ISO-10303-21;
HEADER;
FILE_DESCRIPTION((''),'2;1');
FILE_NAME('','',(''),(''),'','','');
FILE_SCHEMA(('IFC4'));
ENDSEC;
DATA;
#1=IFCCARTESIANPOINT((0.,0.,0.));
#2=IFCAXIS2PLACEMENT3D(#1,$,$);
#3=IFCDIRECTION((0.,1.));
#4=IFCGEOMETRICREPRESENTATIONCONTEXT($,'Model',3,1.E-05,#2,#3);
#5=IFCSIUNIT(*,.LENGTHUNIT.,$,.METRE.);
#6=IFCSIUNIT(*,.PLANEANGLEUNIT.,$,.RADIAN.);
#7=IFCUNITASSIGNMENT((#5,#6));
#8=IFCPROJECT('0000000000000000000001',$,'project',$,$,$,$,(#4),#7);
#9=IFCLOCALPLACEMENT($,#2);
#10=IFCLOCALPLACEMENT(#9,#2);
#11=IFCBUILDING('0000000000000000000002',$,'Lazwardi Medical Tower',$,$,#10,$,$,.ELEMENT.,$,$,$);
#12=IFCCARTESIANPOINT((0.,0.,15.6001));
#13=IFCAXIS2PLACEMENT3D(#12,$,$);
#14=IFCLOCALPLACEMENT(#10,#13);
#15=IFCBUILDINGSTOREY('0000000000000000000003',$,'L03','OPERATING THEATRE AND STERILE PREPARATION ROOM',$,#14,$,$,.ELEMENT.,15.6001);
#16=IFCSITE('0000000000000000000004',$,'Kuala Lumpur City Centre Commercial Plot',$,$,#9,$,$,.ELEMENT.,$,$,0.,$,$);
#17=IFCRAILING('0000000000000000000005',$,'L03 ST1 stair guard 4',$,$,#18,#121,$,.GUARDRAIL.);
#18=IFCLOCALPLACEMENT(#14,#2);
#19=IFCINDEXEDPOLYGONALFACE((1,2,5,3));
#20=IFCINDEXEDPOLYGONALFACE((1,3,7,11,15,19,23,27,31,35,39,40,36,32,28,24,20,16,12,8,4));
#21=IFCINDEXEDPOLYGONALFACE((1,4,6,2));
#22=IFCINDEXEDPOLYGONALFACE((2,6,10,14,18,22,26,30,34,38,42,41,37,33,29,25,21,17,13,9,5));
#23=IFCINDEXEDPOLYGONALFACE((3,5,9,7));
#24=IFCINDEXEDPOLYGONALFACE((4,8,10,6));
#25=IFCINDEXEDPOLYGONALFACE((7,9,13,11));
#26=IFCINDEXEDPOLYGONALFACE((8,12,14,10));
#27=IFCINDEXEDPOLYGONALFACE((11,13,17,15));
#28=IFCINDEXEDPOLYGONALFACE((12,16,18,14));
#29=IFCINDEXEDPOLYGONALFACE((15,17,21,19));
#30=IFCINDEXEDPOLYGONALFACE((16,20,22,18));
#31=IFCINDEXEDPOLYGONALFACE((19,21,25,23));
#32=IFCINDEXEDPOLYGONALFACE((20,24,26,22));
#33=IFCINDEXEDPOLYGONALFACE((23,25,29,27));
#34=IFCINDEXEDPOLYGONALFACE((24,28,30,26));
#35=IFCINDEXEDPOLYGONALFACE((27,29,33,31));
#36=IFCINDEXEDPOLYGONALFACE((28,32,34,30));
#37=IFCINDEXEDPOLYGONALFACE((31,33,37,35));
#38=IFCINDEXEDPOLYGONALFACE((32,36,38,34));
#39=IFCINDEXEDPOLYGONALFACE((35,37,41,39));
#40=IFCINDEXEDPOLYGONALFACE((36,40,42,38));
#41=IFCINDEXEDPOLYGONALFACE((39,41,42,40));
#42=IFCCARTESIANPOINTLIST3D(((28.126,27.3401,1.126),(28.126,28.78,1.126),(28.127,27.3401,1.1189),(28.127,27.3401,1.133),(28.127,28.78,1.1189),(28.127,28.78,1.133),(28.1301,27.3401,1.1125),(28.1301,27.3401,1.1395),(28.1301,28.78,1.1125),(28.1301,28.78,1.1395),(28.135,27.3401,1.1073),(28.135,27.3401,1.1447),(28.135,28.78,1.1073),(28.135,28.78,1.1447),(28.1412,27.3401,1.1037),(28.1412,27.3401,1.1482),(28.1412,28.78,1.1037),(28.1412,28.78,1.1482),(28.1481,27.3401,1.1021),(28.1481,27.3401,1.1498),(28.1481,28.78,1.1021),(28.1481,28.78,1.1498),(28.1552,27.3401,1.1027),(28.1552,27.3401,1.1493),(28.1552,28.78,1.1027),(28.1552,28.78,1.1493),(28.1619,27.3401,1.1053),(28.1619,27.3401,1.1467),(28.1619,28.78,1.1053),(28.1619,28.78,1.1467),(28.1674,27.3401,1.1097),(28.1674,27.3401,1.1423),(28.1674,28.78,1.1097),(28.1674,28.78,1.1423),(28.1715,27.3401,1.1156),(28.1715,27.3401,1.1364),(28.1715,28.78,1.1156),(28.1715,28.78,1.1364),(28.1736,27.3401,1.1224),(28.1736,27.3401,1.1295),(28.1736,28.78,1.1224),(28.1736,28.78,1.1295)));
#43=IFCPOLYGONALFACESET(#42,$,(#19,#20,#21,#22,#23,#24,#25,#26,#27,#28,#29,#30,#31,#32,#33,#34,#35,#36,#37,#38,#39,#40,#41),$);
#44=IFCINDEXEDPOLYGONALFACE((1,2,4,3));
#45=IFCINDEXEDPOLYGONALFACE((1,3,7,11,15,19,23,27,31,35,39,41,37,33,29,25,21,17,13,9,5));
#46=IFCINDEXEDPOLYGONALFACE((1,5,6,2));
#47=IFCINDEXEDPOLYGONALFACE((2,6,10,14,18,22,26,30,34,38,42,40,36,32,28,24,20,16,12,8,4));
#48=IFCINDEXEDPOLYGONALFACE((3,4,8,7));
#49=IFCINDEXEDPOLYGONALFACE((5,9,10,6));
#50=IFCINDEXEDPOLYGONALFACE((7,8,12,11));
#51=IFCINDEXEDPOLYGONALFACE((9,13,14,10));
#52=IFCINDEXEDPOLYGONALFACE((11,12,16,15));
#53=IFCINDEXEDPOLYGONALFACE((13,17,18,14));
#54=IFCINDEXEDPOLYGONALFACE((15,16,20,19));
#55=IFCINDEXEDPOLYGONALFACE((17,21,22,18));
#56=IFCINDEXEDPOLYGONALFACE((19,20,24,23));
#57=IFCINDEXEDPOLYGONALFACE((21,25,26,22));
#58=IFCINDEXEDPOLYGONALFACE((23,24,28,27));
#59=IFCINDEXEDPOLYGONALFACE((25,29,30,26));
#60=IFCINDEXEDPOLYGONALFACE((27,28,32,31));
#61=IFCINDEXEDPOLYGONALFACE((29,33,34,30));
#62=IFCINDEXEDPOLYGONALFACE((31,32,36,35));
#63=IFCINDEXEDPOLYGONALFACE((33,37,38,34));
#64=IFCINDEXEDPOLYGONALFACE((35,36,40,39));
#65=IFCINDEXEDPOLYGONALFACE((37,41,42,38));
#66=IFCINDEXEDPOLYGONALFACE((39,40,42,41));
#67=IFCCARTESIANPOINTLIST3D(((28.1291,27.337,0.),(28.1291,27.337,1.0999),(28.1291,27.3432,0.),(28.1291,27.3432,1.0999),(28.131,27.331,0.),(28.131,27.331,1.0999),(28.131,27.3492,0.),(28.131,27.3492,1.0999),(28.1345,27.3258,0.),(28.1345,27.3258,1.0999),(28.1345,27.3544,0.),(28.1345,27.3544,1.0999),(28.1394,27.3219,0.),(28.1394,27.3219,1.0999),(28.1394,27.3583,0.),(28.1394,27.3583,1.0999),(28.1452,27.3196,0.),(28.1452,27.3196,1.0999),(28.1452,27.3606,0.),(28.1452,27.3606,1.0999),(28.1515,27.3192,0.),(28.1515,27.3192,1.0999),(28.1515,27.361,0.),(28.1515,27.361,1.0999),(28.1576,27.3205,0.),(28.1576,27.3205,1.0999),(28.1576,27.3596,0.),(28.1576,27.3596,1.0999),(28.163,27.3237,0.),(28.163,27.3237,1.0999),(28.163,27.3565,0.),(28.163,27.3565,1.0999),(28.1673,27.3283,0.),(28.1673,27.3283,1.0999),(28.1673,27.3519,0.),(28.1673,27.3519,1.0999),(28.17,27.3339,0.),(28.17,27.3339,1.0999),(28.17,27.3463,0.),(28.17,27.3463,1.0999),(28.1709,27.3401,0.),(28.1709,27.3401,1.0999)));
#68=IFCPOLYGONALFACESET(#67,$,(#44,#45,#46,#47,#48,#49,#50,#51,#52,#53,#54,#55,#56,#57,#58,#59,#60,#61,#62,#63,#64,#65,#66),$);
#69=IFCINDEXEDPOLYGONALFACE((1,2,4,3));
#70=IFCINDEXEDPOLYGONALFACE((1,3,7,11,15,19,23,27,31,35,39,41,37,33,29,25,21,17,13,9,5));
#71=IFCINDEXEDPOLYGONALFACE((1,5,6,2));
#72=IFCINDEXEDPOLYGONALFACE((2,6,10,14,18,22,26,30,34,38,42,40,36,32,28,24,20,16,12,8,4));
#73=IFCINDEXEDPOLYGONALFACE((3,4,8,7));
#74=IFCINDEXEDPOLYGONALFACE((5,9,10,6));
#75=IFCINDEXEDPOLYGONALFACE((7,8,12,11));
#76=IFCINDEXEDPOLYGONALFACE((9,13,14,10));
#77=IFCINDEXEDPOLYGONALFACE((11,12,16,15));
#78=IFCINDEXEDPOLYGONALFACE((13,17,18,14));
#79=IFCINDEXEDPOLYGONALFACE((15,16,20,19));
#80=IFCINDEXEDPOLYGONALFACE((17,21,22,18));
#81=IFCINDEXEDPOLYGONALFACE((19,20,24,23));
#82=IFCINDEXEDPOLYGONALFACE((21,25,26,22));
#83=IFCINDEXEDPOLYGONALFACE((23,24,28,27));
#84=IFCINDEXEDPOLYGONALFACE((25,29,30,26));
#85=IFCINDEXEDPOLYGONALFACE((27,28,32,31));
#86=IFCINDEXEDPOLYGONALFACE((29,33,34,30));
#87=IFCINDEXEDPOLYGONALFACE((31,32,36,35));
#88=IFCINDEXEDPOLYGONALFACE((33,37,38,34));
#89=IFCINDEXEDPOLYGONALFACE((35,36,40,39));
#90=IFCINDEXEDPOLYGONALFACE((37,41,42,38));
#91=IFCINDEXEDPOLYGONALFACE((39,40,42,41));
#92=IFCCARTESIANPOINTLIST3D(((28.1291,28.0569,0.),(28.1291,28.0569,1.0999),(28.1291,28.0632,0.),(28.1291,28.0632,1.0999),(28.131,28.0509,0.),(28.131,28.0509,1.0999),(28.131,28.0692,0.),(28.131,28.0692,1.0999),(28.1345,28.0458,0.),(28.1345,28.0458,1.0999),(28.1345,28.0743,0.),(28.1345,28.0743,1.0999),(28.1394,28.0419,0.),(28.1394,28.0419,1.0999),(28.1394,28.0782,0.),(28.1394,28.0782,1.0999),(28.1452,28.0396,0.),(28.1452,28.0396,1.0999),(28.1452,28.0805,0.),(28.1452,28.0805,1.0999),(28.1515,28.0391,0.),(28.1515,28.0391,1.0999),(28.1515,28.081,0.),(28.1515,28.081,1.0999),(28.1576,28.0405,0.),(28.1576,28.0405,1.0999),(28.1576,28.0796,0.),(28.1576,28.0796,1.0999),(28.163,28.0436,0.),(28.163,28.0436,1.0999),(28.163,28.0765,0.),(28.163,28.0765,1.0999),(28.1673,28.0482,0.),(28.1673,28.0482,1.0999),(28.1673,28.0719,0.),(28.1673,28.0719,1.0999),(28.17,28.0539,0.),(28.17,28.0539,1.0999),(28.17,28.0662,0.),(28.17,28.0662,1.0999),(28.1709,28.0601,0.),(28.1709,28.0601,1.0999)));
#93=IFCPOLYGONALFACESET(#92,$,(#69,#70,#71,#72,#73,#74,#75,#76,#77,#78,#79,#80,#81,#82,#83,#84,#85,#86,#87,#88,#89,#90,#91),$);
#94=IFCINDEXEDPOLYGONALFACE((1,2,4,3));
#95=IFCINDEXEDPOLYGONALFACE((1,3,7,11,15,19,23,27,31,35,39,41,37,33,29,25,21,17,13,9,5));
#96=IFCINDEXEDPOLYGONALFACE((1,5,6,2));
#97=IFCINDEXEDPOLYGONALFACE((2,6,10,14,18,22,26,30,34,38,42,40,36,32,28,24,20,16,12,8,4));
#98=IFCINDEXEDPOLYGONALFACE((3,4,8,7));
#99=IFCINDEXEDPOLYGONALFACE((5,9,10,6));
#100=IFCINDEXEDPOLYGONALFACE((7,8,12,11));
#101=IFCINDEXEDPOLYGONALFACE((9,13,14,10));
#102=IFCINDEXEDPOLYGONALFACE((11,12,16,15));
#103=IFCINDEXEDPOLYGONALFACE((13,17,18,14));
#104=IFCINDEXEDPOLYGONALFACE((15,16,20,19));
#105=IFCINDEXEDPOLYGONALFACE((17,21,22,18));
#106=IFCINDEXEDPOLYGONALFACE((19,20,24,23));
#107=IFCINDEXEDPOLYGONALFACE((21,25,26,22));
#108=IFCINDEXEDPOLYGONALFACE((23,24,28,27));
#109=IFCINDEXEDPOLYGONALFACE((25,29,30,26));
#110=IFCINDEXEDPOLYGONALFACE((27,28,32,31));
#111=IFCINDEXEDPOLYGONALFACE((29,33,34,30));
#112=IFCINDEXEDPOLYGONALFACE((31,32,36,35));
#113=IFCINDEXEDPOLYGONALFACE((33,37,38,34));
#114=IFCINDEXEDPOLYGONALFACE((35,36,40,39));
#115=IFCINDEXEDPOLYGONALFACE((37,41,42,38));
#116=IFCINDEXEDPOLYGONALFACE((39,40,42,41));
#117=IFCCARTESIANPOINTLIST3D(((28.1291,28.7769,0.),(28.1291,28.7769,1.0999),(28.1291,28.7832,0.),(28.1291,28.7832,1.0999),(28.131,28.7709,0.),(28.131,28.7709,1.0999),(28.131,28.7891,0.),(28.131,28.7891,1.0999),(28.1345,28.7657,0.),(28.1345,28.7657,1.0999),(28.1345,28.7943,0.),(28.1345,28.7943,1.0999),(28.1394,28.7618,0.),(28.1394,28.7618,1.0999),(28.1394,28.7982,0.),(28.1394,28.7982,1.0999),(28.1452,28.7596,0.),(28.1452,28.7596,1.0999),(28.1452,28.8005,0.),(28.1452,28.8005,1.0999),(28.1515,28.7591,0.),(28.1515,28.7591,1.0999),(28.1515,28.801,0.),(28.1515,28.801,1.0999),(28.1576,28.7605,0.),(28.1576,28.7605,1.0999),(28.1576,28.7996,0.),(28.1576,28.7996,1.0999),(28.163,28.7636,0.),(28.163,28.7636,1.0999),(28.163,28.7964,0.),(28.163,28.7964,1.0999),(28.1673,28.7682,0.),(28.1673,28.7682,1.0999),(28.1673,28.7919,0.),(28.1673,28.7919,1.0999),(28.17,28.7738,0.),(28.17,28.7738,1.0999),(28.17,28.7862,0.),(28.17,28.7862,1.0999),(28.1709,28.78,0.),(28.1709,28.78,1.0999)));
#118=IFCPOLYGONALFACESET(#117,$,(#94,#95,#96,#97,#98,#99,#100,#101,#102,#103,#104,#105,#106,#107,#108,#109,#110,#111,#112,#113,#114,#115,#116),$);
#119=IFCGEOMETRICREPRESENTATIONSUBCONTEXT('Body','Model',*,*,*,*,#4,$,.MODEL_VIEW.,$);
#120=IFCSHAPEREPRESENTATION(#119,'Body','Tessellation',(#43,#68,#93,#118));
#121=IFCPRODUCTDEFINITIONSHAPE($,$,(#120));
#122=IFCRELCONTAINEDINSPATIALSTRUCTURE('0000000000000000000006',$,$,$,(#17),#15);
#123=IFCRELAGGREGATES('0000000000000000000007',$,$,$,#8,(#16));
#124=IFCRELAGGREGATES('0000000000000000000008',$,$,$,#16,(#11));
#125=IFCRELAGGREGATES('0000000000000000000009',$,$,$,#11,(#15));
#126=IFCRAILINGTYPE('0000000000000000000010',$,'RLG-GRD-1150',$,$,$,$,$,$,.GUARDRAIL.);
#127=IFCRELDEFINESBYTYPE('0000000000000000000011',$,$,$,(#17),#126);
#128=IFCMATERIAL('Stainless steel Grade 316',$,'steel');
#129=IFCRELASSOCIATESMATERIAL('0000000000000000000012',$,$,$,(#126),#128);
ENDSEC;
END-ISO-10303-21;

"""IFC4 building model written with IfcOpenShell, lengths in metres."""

from ifc_helpers import new_model, si_unit, direction, frame, origin, origin_2d, place, context, subcontext, project, spatial, circle, extrude, material, type_object, element, save


model = new_model("IFC4")

# Units and contexts
model_context = context("Model", 3, precision=1e-05, world=origin(), true_north=direction((0.0, 1.0)))
body_context = subcontext(model_context, "Body", "Model", "MODEL_VIEW")
ifc_project = project(units=[si_unit("LENGTHUNIT", "METRE"), si_unit("PLANEANGLEUNIT", "RADIAN")], contexts=[model_context])

# Site, building, storey
site_placement = place(None, origin())
site = spatial("IfcSite", under=ifc_project, at=site_placement, Name="Kuala Lumpur City Centre Commercial Plot", CompositionType="ELEMENT", RefElevation=0.0)
building_placement = place(site_placement, origin())
building = spatial("IfcBuilding", under=site, at=building_placement, Name="Lazwardi Medical Tower", CompositionType="ELEMENT")
storey_placement = place(building_placement, frame((0.0, 0.0, 15.6001)))
storey = spatial("IfcBuildingStorey", under=building, at=storey_placement, Name="L03", Description="OPERATING THEATRE AND STERILE PREPARATION ROOM", CompositionType="ELEMENT", Elevation=15.6001)

# Railing
ifc_material_1 = material(Name="Stainless steel Grade 316", Category="steel")
railing_type_1 = type_object("IfcRailingType", Name="RLG-GRD-1150", PredefinedType="GUARDRAIL", material=ifc_material_1)
railing_1_placement = place(storey_placement, frame((28.1499, 27.3401, 0.0)))
element("IfcRailing", 1, at=railing_1_placement, inside=storey, type_object=railing_type_1, Name="L03 ST1 stair guard 4", PredefinedType="GUARDRAIL", context=body_context, shape_type="SweptSolid", body=[
    extrude(circle(Radius=0.0239, at=origin_2d()), frame((0.0, 0.0, 1.126), z_axis=(0.0, 1.0, 0.0), x_axis=(-1.0, 0.0, 0.0)), (0.0, 0.0, 1.0), 1.4399),
    extrude(circle(Radius=0.021, at=origin_2d()), origin(), (0.0, 0.0, 1.0), 1.0999),
    extrude(circle(Radius=0.021, at=origin_2d()), frame((0.0, 0.72, 0.0)), (0.0, 0.0, 1.0), 1.0999),
    extrude(circle(Radius=0.021, at=origin_2d()), frame((0.0, 1.4399, 0.0)), (0.0, 0.0, 1.0), 1.0999),
])

save(model, "model.ifc")
